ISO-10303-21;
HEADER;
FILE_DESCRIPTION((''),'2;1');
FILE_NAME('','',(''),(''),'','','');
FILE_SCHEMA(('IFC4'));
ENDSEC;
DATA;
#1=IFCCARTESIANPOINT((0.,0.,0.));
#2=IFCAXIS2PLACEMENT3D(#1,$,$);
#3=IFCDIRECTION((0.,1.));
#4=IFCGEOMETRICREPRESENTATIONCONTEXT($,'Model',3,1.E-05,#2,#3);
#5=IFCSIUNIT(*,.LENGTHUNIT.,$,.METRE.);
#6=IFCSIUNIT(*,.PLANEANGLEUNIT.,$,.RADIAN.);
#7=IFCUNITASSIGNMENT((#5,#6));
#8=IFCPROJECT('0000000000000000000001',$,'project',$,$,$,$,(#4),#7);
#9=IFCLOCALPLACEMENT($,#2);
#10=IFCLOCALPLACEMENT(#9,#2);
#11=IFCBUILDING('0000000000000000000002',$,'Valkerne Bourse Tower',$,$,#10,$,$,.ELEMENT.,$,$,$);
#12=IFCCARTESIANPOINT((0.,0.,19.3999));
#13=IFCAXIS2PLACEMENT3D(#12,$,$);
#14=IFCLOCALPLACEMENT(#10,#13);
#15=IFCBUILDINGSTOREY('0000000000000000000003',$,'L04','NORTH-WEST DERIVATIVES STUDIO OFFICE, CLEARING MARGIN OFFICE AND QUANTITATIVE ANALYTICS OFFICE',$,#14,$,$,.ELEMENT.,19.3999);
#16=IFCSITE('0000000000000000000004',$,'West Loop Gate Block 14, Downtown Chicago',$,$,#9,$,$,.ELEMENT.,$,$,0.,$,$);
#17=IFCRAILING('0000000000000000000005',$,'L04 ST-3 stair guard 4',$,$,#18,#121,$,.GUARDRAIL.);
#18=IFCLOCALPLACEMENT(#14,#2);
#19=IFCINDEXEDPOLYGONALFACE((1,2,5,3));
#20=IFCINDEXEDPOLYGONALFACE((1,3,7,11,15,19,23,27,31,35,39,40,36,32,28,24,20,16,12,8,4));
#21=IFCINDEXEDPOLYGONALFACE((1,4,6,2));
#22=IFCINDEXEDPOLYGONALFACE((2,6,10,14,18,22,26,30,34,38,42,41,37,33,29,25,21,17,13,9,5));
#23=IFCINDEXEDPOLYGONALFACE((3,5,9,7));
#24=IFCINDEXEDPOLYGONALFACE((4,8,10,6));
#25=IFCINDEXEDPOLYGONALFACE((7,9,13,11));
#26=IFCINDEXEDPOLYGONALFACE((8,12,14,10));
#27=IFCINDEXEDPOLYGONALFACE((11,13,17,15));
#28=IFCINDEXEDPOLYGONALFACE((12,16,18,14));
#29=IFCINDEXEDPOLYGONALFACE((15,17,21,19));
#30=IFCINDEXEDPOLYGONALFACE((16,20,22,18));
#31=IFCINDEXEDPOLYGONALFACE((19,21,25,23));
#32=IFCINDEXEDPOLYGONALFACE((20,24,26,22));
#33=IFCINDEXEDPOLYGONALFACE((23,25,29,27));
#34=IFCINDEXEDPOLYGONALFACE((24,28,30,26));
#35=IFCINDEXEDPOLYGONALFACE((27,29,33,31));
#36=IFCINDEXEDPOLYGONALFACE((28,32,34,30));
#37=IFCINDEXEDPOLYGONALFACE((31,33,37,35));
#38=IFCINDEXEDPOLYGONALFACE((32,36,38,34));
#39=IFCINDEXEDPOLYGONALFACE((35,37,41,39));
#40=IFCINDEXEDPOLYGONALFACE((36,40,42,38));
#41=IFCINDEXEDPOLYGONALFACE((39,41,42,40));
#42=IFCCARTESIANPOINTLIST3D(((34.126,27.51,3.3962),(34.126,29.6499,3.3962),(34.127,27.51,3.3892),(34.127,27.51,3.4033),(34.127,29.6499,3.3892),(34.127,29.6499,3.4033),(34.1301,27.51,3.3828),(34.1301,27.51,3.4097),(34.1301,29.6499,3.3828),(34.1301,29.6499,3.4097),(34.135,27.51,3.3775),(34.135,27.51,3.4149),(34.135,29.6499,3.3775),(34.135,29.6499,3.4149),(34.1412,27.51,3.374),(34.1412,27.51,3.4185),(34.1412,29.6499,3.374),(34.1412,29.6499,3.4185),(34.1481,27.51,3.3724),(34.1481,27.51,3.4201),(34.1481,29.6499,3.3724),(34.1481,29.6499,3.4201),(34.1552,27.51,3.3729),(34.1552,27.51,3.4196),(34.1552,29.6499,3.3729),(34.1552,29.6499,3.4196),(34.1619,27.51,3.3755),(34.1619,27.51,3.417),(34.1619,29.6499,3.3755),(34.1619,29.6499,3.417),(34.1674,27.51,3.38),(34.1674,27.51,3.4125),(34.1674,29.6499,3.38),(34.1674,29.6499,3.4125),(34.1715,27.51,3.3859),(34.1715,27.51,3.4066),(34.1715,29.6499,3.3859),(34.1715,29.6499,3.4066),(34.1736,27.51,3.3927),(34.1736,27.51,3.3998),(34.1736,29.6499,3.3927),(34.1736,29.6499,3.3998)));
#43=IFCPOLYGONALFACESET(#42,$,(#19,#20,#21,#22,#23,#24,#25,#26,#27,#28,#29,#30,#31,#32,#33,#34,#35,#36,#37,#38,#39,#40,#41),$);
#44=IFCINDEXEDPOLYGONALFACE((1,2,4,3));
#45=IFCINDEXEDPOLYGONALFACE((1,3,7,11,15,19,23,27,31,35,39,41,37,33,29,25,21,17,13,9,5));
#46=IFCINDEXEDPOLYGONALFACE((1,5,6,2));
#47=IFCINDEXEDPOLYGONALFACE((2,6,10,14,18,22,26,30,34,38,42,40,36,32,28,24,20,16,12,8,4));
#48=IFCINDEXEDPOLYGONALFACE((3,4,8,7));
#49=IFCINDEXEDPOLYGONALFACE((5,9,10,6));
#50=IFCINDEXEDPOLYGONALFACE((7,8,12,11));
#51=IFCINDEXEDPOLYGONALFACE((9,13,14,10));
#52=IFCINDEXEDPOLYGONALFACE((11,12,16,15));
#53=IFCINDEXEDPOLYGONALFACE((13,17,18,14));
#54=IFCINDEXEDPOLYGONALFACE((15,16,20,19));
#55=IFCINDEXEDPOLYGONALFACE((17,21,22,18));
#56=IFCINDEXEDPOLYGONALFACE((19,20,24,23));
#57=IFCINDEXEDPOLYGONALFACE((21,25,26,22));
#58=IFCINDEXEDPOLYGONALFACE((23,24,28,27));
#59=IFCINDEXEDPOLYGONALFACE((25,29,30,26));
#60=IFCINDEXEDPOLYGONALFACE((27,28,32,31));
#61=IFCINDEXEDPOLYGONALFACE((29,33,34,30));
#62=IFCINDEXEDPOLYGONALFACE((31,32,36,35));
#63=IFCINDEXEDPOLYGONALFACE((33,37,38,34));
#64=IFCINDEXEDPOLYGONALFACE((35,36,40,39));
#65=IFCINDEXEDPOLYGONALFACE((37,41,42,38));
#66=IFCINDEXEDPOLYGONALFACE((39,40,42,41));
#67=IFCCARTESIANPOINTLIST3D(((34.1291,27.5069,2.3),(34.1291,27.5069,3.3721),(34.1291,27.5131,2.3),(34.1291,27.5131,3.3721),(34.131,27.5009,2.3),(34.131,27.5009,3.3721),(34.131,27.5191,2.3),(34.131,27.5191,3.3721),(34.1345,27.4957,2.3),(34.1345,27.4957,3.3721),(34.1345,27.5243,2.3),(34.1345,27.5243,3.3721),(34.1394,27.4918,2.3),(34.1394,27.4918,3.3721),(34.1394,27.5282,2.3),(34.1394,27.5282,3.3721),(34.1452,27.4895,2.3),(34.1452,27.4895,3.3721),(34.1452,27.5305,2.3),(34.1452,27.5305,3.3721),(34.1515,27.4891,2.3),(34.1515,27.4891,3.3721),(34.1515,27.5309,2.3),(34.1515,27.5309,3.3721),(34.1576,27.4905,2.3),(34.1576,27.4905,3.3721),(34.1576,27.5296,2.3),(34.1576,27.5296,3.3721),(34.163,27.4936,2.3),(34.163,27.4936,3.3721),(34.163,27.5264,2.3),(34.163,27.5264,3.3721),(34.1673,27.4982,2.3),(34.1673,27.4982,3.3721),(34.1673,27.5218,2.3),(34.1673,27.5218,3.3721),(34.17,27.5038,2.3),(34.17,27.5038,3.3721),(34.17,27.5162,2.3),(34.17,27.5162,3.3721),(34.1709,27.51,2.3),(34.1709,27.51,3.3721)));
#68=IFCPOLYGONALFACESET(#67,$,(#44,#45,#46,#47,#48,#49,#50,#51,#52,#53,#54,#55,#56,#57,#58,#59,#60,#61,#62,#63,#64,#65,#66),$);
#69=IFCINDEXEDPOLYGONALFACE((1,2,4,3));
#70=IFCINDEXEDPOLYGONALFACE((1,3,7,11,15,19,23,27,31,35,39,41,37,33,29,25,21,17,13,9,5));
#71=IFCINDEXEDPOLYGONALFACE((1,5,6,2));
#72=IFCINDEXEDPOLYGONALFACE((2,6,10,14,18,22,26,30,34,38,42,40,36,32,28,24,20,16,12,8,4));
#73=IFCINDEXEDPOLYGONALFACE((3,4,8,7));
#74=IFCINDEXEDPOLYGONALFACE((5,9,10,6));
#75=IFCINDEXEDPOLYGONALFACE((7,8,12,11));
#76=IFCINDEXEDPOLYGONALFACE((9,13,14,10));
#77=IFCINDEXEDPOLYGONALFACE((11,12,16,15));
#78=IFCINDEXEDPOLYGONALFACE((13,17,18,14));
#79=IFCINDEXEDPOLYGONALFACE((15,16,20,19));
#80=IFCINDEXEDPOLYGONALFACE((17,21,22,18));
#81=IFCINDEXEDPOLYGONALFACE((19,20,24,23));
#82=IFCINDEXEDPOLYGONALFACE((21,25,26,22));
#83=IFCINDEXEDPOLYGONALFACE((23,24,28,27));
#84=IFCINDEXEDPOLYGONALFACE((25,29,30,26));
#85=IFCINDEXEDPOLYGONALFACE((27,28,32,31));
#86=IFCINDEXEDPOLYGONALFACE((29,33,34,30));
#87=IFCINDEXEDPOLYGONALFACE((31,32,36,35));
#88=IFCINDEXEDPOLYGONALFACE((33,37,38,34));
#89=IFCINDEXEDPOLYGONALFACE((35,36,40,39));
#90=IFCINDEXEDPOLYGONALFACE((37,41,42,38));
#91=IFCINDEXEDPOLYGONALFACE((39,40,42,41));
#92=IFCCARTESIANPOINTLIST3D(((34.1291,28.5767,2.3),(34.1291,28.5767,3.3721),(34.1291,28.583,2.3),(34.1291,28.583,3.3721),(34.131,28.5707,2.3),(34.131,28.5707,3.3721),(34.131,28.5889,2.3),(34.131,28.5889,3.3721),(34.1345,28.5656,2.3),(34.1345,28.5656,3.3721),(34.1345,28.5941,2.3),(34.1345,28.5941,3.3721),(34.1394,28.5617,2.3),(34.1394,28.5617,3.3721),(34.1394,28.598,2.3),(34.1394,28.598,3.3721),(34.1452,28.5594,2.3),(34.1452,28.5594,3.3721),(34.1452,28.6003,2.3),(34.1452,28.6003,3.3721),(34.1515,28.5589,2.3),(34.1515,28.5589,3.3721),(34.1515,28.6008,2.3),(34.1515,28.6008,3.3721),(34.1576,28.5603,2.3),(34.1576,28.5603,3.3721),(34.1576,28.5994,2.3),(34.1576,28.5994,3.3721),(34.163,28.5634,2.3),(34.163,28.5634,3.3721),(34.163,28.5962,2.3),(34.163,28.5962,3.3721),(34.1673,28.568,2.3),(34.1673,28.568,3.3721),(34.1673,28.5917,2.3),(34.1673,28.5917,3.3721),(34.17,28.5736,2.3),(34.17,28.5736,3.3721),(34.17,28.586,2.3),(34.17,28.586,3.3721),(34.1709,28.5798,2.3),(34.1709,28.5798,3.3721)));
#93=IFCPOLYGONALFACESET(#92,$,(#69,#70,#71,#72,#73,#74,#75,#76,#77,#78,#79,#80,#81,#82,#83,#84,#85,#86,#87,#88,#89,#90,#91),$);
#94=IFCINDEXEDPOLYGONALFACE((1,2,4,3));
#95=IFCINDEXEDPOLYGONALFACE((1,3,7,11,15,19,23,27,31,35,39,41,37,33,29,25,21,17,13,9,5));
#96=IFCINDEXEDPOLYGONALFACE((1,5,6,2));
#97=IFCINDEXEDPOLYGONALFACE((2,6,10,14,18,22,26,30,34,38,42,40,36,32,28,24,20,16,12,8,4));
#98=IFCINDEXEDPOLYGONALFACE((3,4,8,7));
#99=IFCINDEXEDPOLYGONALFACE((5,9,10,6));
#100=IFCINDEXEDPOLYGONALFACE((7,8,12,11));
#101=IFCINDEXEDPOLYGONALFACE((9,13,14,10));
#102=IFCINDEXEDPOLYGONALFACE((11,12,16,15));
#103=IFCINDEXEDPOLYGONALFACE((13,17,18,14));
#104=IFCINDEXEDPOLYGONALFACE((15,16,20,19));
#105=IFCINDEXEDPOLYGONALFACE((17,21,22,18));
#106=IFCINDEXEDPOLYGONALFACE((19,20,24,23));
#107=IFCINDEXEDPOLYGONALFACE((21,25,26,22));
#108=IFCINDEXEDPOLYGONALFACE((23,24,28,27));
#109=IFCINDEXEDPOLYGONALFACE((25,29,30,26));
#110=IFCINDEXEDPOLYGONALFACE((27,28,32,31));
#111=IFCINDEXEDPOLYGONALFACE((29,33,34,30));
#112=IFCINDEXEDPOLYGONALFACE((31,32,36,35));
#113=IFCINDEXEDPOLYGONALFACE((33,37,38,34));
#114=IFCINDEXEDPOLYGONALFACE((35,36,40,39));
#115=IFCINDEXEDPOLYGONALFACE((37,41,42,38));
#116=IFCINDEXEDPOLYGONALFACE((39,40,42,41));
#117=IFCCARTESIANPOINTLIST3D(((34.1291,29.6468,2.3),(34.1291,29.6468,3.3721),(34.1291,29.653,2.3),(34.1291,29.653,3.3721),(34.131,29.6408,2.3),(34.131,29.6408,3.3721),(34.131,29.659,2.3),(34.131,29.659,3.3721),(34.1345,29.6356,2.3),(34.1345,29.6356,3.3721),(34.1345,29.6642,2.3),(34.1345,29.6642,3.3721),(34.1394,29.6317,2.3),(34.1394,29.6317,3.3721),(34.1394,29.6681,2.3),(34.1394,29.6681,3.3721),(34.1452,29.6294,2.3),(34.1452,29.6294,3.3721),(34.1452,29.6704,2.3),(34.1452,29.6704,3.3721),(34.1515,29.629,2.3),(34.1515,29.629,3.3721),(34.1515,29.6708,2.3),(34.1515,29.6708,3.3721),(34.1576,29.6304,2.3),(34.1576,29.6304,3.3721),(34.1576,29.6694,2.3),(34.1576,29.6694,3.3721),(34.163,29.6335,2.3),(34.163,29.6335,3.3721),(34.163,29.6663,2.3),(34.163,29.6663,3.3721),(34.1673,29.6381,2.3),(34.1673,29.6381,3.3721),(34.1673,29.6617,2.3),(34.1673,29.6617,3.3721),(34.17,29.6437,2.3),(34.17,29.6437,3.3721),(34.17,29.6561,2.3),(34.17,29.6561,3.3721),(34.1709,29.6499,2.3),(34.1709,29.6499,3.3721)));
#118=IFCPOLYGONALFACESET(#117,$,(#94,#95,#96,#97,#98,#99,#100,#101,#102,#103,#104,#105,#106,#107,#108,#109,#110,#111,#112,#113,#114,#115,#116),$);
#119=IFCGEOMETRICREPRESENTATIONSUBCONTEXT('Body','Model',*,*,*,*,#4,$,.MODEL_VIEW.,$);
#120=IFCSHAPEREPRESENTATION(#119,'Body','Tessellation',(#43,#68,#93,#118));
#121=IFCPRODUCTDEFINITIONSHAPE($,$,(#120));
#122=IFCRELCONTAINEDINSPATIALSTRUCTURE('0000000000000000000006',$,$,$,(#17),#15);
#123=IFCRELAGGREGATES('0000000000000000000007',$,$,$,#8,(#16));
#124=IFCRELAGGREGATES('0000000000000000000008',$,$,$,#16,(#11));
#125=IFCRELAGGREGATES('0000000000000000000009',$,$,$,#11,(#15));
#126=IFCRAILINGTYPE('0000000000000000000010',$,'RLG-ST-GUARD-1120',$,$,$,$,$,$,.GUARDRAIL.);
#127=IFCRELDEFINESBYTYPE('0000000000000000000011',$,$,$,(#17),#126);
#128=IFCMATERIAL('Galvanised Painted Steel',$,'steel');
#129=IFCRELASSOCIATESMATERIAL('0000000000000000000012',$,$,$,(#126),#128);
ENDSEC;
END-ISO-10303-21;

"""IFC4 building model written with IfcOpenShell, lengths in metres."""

from ifc_helpers import new_model, si_unit, direction, frame, origin, origin_2d, place, context, subcontext, project, spatial, circle, extrude, material, type_object, element, save


model = new_model("IFC4")

# Units and contexts
model_context = context("Model", 3, precision=1e-05, world=origin(), true_north=direction((0.0, 1.0)))
body_context = subcontext(model_context, "Body", "Model", "MODEL_VIEW")
ifc_project = project(units=[si_unit("LENGTHUNIT", "METRE"), si_unit("PLANEANGLEUNIT", "RADIAN")], contexts=[model_context])

# Site, building, storey
site_placement = place(None, origin())
site = spatial("IfcSite", under=ifc_project, at=site_placement, Name="West Loop Gate Block 14, Downtown Chicago", CompositionType="ELEMENT", RefElevation=0.0)
building_placement = place(site_placement, origin())
building = spatial("IfcBuilding", under=site, at=building_placement, Name="Valkerne Bourse Tower", CompositionType="ELEMENT")
storey_placement = place(building_placement, frame((0.0, 0.0, 19.3999)))
storey = spatial("IfcBuildingStorey", under=building, at=storey_placement, Name="L04", Description="NORTH-WEST DERIVATIVES STUDIO OFFICE, CLEARING MARGIN OFFICE AND QUANTITATIVE ANALYTICS OFFICE", CompositionType="ELEMENT", Elevation=19.3999)

# Shared definitions
ifc_material_1 = material(Name="Galvanised Painted Steel", Category="steel")

# Railing
railing_type_1 = type_object("IfcRailingType", Name="RLG-ST-GUARD-1120", PredefinedType="GUARDRAIL", material=ifc_material_1)
for number, where, name in (
    (1, (34.1499, 27.51, 2.3), "L04 ST-3 stair guard 4"),
):
    element("IfcRailing", number, at=place(storey_placement, frame(where)), inside=storey, type_object=railing_type_1, Name=name, PredefinedType="GUARDRAIL", context=body_context, shape_type="SweptSolid", body=[
        extrude(circle(Radius=0.0239, at=origin_2d()), frame((0.0, 0.0, 1.0962), z_axis=(0.0, 1.0, 0.0), x_axis=(-1.0, 0.0, 0.0)), (0.0, 0.0, 1.0), 2.1399),
        extrude(circle(Radius=0.021, at=origin_2d()), origin(), (0.0, 0.0, 1.0), 1.072),
        extrude(circle(Radius=0.021, at=origin_2d()), frame((0.0, 1.0698, 0.0)), (0.0, 0.0, 1.0), 1.072),
        extrude(circle(Radius=0.021, at=origin_2d()), frame((0.0, 2.1399, 0.0)), (0.0, 0.0, 1.0), 1.072),
    ])

save(model, "model.ifc")
